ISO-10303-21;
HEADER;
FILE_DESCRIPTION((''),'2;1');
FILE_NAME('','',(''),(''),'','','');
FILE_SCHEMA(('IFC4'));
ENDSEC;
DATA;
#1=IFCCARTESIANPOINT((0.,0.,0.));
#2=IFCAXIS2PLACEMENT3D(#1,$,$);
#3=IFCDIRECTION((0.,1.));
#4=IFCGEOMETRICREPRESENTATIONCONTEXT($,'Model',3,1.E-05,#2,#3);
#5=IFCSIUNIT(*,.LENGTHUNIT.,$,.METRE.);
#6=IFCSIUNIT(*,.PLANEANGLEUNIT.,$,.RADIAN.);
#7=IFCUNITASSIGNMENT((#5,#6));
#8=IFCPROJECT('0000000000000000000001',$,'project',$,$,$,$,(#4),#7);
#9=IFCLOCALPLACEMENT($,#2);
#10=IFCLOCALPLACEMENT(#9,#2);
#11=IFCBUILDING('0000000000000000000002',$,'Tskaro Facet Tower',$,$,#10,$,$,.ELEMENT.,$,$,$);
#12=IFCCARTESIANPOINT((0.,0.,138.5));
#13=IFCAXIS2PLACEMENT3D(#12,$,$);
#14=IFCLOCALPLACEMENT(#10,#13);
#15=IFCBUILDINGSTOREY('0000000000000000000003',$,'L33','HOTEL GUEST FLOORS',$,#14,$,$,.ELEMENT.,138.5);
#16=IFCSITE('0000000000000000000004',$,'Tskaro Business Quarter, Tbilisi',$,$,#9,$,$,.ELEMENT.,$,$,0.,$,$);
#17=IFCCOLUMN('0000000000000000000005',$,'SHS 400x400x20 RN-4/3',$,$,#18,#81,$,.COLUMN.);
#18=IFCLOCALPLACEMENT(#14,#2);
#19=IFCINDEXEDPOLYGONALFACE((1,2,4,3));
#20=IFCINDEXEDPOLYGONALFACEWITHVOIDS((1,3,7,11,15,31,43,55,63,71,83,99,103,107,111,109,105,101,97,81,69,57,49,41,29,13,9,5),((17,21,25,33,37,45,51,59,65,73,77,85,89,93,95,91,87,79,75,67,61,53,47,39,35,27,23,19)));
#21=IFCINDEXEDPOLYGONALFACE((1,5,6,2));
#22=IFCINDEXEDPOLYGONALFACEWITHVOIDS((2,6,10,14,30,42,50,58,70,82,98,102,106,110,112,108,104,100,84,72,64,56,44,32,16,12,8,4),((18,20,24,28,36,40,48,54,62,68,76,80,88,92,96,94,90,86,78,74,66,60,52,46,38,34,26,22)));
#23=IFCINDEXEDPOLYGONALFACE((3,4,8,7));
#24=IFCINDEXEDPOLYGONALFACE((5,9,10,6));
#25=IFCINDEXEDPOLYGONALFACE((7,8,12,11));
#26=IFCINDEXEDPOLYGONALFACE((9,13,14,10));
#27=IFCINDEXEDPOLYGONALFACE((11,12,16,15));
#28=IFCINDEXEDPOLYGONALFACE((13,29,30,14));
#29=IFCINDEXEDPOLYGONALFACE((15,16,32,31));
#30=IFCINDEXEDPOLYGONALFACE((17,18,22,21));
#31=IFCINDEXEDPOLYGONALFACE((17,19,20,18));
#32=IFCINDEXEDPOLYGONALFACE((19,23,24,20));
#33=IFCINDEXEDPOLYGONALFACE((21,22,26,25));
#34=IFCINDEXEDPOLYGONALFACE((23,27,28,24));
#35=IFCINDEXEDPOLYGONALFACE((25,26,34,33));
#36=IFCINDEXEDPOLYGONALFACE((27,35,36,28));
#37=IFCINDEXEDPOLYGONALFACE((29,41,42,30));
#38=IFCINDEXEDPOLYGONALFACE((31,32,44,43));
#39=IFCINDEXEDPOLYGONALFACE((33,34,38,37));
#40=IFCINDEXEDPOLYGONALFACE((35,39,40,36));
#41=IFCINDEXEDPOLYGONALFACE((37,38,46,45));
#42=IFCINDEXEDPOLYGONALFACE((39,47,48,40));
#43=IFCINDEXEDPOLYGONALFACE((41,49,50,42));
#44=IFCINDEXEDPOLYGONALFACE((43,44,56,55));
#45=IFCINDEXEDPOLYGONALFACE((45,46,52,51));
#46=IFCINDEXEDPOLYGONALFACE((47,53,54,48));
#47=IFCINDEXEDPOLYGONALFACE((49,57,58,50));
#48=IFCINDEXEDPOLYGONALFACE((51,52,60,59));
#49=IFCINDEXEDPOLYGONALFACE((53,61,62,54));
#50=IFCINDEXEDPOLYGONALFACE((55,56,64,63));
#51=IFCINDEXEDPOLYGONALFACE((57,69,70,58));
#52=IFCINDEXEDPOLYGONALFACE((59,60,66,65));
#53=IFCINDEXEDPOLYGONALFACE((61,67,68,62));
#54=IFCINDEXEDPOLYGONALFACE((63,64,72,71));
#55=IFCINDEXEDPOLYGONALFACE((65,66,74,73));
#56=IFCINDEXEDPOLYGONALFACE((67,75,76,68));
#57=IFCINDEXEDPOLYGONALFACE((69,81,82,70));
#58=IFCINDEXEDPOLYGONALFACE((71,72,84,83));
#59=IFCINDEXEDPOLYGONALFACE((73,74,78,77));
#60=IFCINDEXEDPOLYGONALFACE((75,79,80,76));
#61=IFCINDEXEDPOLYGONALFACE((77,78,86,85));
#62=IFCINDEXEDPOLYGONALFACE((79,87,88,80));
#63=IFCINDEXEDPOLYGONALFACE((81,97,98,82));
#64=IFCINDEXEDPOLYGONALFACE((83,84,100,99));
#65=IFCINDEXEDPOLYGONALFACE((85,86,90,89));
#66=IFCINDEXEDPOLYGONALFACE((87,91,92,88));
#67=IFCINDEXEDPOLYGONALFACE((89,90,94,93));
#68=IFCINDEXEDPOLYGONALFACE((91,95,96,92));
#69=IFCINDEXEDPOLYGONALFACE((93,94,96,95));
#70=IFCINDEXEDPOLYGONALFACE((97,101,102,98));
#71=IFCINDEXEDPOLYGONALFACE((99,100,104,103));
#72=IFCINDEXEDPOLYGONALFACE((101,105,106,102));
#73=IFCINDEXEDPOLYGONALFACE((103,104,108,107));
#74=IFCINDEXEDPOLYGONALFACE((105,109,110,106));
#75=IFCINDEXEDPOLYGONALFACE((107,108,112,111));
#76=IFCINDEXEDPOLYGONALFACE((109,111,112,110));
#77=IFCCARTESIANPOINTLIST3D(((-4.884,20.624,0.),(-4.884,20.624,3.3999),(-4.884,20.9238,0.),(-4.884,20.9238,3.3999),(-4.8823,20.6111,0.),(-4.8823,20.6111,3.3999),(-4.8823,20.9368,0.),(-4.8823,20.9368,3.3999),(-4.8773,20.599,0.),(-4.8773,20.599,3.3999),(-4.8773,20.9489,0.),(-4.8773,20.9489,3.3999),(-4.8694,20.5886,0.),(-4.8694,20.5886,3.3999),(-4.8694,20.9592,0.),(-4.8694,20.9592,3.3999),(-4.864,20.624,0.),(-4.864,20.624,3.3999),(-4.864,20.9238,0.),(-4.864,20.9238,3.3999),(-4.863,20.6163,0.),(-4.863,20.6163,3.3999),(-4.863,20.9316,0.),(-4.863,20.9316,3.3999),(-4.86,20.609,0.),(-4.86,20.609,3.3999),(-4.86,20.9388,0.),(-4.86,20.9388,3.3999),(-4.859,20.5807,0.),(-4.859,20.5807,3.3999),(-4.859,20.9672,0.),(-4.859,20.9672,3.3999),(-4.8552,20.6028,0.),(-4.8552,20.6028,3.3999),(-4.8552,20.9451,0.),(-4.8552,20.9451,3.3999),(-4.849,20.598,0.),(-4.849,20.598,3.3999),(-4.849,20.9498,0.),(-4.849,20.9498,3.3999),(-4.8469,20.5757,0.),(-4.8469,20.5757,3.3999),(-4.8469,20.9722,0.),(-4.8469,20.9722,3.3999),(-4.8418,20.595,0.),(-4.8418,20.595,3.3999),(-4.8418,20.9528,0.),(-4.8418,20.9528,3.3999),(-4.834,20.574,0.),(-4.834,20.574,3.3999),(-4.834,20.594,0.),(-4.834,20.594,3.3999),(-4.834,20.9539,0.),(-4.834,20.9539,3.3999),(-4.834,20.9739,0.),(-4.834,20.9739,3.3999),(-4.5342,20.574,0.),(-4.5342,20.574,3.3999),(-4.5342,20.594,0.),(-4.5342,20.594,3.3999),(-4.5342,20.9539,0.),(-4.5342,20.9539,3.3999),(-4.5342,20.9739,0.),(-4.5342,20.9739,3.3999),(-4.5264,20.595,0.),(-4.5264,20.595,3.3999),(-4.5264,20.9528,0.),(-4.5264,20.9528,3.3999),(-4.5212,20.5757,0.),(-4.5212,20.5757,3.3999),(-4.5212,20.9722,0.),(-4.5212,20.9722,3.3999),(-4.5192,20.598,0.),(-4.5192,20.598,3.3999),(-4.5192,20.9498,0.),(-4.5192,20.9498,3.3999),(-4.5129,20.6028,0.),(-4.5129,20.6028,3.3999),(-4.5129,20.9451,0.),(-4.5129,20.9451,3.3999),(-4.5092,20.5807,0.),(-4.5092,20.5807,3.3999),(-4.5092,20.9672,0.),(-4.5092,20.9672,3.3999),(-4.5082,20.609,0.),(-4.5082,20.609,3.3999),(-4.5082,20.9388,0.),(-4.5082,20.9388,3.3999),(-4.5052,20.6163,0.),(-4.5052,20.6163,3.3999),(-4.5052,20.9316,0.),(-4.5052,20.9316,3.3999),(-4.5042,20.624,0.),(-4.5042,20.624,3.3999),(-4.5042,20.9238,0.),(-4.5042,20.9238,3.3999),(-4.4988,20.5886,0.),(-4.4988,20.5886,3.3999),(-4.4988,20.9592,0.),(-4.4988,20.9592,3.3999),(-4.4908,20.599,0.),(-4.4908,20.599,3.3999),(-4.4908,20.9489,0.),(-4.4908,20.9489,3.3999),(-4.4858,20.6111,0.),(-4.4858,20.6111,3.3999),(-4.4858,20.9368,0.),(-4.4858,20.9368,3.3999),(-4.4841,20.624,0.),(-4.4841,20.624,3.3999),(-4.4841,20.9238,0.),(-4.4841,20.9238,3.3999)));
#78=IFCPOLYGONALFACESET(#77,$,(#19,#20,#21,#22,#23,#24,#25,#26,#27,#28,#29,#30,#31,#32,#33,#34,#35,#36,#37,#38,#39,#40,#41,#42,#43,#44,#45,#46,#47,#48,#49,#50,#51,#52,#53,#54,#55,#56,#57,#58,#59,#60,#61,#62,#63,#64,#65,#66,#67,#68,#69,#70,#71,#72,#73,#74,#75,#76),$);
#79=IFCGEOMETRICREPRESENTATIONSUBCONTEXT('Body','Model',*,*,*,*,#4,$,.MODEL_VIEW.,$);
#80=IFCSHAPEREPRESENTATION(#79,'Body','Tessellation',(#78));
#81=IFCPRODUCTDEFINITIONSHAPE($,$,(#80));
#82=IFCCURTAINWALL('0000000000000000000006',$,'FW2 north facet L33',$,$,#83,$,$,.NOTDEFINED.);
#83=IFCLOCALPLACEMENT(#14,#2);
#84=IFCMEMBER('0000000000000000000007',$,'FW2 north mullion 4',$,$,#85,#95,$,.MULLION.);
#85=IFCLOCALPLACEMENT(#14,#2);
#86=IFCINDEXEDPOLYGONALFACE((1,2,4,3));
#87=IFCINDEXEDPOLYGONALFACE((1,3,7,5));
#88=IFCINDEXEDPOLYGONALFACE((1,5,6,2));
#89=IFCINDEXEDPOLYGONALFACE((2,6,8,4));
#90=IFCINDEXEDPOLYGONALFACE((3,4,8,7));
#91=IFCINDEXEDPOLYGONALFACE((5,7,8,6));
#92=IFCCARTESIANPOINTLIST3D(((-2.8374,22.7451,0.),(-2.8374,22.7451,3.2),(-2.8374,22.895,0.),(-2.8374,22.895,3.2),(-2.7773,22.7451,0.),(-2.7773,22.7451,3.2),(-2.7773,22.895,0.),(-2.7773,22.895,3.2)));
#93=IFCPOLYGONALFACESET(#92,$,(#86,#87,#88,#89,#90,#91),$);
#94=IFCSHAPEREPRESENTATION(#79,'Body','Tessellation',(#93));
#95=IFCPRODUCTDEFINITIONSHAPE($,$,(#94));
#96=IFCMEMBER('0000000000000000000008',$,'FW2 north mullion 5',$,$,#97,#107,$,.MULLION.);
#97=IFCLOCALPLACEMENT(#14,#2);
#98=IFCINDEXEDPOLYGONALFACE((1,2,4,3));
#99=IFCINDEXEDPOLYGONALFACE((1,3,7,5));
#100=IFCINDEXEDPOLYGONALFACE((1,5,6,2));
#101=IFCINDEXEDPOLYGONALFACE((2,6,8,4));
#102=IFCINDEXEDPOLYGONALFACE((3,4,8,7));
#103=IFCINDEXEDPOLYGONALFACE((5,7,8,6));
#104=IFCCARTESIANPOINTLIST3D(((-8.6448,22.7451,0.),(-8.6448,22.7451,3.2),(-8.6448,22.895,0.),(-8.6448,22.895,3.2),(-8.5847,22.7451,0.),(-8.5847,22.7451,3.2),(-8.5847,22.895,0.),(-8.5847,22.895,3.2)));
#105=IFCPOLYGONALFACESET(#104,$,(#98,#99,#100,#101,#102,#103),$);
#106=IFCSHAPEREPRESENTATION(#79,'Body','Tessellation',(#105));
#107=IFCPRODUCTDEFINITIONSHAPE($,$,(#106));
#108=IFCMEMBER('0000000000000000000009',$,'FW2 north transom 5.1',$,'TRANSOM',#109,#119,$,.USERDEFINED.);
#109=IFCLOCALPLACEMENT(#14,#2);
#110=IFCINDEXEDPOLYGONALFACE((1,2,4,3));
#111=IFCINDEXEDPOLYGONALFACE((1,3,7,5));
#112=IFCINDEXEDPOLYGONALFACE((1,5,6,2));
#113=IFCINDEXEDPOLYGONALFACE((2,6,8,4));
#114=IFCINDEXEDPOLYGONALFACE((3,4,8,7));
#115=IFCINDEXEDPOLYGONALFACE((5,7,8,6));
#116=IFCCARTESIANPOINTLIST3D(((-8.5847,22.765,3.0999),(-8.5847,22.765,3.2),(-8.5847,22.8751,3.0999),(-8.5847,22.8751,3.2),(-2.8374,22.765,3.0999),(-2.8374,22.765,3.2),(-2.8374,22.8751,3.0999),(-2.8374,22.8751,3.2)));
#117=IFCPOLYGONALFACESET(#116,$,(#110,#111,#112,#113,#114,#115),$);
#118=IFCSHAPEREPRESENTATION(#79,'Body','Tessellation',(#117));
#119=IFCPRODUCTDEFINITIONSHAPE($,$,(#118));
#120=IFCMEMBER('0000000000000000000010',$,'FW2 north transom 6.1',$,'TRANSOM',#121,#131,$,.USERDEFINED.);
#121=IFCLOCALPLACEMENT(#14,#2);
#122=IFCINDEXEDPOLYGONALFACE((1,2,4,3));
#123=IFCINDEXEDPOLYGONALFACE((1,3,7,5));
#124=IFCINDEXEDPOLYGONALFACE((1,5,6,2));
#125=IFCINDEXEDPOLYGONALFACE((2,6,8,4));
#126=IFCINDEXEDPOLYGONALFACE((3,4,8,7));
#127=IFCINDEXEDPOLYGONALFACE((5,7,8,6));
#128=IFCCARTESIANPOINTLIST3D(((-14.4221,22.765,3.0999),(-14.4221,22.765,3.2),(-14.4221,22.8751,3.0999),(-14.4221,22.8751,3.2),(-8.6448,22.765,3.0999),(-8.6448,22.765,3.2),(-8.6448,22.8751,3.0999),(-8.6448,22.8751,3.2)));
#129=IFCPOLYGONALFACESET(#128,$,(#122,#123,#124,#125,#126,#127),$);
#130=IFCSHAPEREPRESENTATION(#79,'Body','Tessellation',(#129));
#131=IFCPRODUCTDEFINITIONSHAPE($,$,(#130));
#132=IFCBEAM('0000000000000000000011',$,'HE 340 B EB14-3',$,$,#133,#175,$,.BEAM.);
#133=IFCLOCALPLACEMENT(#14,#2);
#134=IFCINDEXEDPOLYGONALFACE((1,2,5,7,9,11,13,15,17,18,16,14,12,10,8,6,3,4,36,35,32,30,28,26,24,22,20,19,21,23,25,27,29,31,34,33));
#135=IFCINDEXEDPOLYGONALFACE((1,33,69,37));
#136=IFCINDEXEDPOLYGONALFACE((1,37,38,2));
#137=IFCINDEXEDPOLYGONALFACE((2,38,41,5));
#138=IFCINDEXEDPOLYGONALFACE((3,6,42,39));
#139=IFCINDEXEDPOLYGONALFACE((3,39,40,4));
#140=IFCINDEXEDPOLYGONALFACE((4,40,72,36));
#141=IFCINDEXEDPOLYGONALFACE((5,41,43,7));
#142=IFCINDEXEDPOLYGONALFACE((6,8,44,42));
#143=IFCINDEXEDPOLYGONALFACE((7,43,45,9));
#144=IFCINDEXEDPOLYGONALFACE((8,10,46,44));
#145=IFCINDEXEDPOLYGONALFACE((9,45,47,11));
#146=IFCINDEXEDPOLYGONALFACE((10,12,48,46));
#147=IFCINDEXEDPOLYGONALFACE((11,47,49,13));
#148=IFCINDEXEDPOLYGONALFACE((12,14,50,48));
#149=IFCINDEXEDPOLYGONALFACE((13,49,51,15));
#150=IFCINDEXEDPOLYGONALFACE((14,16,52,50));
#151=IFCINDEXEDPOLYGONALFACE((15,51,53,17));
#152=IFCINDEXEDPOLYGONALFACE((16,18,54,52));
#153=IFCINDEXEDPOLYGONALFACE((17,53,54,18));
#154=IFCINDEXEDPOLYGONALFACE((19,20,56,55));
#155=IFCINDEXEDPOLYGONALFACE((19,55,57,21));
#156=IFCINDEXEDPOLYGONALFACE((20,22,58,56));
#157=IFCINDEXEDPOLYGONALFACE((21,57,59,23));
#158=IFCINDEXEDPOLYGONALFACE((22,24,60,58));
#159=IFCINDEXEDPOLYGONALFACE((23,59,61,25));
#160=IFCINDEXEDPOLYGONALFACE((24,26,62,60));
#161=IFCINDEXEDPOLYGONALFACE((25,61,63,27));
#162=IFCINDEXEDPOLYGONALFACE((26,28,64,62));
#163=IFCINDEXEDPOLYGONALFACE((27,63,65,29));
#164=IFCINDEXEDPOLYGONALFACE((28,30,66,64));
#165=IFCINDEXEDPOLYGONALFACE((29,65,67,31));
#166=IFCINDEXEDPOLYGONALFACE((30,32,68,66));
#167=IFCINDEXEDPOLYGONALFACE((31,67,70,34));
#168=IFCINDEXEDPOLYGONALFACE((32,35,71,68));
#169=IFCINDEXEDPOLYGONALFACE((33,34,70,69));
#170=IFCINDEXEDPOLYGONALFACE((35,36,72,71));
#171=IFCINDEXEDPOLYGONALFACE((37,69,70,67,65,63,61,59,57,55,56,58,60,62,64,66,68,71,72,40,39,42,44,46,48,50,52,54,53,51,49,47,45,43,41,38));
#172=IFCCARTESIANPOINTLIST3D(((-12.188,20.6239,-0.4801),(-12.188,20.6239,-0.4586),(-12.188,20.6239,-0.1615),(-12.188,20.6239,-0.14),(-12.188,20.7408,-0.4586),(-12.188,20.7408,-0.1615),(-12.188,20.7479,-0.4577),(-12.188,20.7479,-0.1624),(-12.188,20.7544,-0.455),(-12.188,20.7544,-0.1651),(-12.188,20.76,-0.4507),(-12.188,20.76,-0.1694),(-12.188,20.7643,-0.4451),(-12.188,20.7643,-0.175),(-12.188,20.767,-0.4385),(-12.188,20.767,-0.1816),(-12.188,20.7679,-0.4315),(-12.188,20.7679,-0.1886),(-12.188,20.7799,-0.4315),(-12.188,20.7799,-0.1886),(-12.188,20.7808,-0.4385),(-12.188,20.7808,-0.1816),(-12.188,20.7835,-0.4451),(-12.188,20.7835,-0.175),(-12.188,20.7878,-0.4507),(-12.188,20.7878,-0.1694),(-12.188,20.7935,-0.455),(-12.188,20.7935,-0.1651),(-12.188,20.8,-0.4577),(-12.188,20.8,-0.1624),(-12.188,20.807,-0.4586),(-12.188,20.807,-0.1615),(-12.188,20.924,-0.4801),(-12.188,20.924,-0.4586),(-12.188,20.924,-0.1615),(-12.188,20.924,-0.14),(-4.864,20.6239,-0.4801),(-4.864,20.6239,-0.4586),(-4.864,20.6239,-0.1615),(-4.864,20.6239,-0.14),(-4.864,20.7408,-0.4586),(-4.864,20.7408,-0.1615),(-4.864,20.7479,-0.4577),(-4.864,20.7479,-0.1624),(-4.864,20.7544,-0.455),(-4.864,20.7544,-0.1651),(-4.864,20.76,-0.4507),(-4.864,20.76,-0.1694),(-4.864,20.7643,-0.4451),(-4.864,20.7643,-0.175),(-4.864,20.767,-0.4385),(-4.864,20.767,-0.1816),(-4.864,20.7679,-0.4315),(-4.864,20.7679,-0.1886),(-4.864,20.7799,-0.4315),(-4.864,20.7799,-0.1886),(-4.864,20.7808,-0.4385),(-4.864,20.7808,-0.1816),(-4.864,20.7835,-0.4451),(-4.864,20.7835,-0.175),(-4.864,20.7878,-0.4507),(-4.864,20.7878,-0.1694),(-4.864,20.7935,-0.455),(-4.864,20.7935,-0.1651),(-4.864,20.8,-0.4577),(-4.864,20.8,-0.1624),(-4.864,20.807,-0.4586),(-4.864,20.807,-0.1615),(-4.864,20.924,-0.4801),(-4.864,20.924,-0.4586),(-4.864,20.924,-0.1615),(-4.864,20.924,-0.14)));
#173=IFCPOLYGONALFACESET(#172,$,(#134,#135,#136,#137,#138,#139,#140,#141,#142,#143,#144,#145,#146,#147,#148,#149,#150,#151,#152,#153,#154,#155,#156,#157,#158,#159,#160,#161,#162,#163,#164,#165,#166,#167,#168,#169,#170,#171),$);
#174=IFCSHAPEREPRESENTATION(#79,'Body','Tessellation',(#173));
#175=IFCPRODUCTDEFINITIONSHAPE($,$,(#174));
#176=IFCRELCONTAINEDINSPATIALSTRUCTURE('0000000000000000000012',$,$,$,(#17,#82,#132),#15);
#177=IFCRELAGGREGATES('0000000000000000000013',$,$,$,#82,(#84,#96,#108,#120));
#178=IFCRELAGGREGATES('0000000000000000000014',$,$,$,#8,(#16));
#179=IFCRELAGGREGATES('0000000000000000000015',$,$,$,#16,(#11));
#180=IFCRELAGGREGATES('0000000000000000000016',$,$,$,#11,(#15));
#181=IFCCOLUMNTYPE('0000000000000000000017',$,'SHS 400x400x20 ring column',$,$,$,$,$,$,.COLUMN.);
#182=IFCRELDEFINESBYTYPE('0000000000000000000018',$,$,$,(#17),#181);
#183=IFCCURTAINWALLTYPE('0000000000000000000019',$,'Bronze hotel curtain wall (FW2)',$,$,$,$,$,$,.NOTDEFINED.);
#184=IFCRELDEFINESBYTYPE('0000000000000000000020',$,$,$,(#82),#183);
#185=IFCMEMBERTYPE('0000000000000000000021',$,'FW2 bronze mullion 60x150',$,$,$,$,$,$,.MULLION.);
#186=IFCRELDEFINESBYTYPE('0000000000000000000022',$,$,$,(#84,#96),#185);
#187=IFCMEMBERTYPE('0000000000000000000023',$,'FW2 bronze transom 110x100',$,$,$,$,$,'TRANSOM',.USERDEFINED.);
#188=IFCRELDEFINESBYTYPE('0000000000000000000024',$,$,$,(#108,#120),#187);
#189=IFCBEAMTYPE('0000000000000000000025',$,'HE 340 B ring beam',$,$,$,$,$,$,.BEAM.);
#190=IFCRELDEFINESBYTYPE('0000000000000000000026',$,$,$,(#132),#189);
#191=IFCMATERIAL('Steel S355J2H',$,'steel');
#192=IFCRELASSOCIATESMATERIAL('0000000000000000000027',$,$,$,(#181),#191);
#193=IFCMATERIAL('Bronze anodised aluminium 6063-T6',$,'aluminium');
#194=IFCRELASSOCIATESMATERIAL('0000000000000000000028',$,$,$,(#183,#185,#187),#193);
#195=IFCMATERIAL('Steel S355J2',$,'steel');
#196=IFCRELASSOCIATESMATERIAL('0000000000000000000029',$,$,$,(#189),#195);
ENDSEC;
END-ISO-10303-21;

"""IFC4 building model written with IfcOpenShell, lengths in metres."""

from ifc_helpers import new_model, si_unit, direction, frame, origin, origin_2d, place, context, subcontext, project, spatial, rectangle, hollow_rectangle, i_section, extrude, material, material_profile, profile_set, type_object, element, aggregate, save


model = new_model("IFC4")

# Units and contexts
model_context = context("Model", 3, precision=1e-05, world=origin(), true_north=direction((0.0, 1.0)))
body_context = subcontext(model_context, "Body", "Model", "MODEL_VIEW")
ifc_project = project(units=[si_unit("LENGTHUNIT", "METRE"), si_unit("PLANEANGLEUNIT", "RADIAN")], contexts=[model_context])

# Site, building, storey
site_placement = place(None, origin())
site = spatial("IfcSite", under=ifc_project, at=site_placement, Name="Tskaro Business Quarter, Tbilisi", CompositionType="ELEMENT", RefElevation=0.0)
building_placement = place(site_placement, origin())
building = spatial("IfcBuilding", under=site, at=building_placement, Name="Tskaro Facet Tower", CompositionType="ELEMENT")
storey_placement = place(building_placement, frame((0.0, 0.0, 138.5)))
storey = spatial("IfcBuildingStorey", under=building, at=storey_placement, Name="L33", Description="HOTEL GUEST FLOORS", CompositionType="ELEMENT", Elevation=138.5)

# Column
ifc_material_1 = material(Name="Steel S355J2H", Category="steel")
ifc_material_profile_1 = material_profile(ifc_material_1, hollow_rectangle(XDim=0.3999, YDim=0.3999, WallThickness=0.02, InnerFilletRadius=0.03, OuterFilletRadius=0.05, at=origin_2d()), Name="SHS 400x400x20")
ifc_profile_set_1 = profile_set([ifc_material_profile_1], Name="Steel S355J2H")
column_type = type_object("IfcColumnType", Name="SHS 400x400x20 ring column", PredefinedType="COLUMN", material=ifc_profile_set_1)
column_placement = place(storey_placement, frame((-4.6841, 20.7739, 0.0), z_axis=(0.0, 0.0, 1.0), x_axis=(1.0, 0.0, 0.0)))
element("IfcColumn", 1, at=column_placement, inside=storey, type_object=column_type, Name="SHS 400x400x20 RN-4/3", PredefinedType="COLUMN", context=body_context, shape_type="SweptSolid", body=[
    extrude(hollow_rectangle(XDim=0.3999, YDim=0.3999, WallThickness=0.02, InnerFilletRadius=0.03, OuterFilletRadius=0.05, at=origin_2d()), origin(), (0.0, 0.0, 1.0), 3.3999),
])

# Curtain wall, members
ifc_material_2 = material(Name="Bronze anodised aluminium 6063-T6", Category="aluminium")
curtain_wall_type = type_object("IfcCurtainWallType", Name="Bronze hotel curtain wall (FW2)", PredefinedType="NOTDEFINED", material=ifc_material_2)
curtain_wall_placement = place(storey_placement, origin())
curtain_wall = element("IfcCurtainWall", 2, at=curtain_wall_placement, inside=storey, type_object=curtain_wall_type, Name="FW2 north facet L33", PredefinedType="NOTDEFINED")
ifc_material_profile_2 = material_profile(ifc_material_2, rectangle(XDim=0.0601, YDim=0.1499, at=origin_2d()), Name="Mullion 60x150")
ifc_profile_set_2 = profile_set([ifc_material_profile_2], Name="Bronze anodised aluminium 6063-T6")
member_type_1 = type_object("IfcMemberType", Name="FW2 bronze mullion 60x150", PredefinedType="MULLION", material=ifc_profile_set_2)
member_1_placement = place(storey_placement, frame((-2.8074, 22.8201, 0.0), z_axis=(0.0, 0.0, 1.0), x_axis=(-1.0, 0.0, 0.0)))
member_1 = element("IfcMember", 3, at=member_1_placement, type_object=member_type_1, Name="FW2 north mullion 4", PredefinedType="MULLION", context=body_context, shape_type="SweptSolid", body=[
    extrude(rectangle(XDim=0.0601, YDim=0.1499, at=origin_2d()), origin(), (0.0, 0.0, 1.0), 3.2),
])
member_2_placement = place(storey_placement, frame((-8.6147, 22.8201, 0.0), z_axis=(0.0, 0.0, 1.0), x_axis=(-1.0, 0.0, 0.0)))
member_2 = element("IfcMember", 4, at=member_2_placement, type_object=member_type_1, Name="FW2 north mullion 5", PredefinedType="MULLION", context=body_context, shape_type="SweptSolid", body=[
    extrude(rectangle(XDim=0.0601, YDim=0.1499, at=origin_2d()), origin(), (0.0, 0.0, 1.0), 3.2),
])
ifc_material_profile_3 = material_profile(ifc_material_2, rectangle(XDim=0.1101, YDim=0.1001, at=origin_2d()), Name="Transom 110x100")
ifc_profile_set_3 = profile_set([ifc_material_profile_3], Name="Bronze anodised aluminium 6063-T6")
member_type_2 = type_object("IfcMemberType", Name="FW2 bronze transom 110x100", ElementType="TRANSOM", PredefinedType="USERDEFINED", material=ifc_profile_set_3)
member_3_placement = place(storey_placement, frame((-2.8374, 22.8201, 3.1499), z_axis=(-1.0, 0.0, 0.0), x_axis=(0.0, -1.0, 0.0)))
member_3 = element("IfcMember", 5, at=member_3_placement, type_object=member_type_2, Name="FW2 north transom 5.1", ObjectType="TRANSOM", PredefinedType="USERDEFINED", context=body_context, shape_type="SweptSolid", body=[
    extrude(rectangle(XDim=0.1101, YDim=0.1001, at=origin_2d()), origin(), (0.0, 0.0, 1.0), 5.7473),
])
member_4_placement = place(storey_placement, frame((-8.6448, 22.8201, 3.1499), z_axis=(-1.0, 0.0, 0.0), x_axis=(0.0, -1.0, 0.0)))
member_4 = element("IfcMember", 6, at=member_4_placement, type_object=member_type_2, Name="FW2 north transom 6.1", ObjectType="TRANSOM", PredefinedType="USERDEFINED", context=body_context, shape_type="SweptSolid", body=[
    extrude(rectangle(XDim=0.1101, YDim=0.1001, at=origin_2d()), origin(), (0.0, 0.0, 1.0), 5.7773),
])

# Beam
ifc_material_3 = material(Name="Steel S355J2", Category="steel")
ifc_material_profile_4 = material_profile(ifc_material_3, i_section(OverallWidth=0.3, OverallDepth=0.3401, WebThickness=0.012, FlangeThickness=0.0215, FilletRadius=0.0271, at=origin_2d()), Name="HE 340 B")
ifc_profile_set_4 = profile_set([ifc_material_profile_4], Name="Steel S355J2")
beam_type_1 = type_object("IfcBeamType", Name="HE 340 B ring beam", PredefinedType="BEAM", material=ifc_profile_set_4)
beam_placement = place(storey_placement, frame((-4.864, 20.7739, -0.3101), z_axis=(-1.0, 0.0, 0.0), x_axis=(0.0, -1.0, 0.0)))
element("IfcBeam", 7, at=beam_placement, inside=storey, type_object=beam_type_1, Name="HE 340 B EB14-3", PredefinedType="BEAM", context=body_context, shape_type="SweptSolid", body=[
    extrude(i_section(OverallWidth=0.3, OverallDepth=0.3401, WebThickness=0.012, FlangeThickness=0.0215, FilletRadius=0.0271, at=origin_2d()), origin(), (0.0, 0.0, 1.0), 7.324),
])

aggregate(curtain_wall, [member_1, member_2, member_3, member_4])

save(model, "model.ifc")
